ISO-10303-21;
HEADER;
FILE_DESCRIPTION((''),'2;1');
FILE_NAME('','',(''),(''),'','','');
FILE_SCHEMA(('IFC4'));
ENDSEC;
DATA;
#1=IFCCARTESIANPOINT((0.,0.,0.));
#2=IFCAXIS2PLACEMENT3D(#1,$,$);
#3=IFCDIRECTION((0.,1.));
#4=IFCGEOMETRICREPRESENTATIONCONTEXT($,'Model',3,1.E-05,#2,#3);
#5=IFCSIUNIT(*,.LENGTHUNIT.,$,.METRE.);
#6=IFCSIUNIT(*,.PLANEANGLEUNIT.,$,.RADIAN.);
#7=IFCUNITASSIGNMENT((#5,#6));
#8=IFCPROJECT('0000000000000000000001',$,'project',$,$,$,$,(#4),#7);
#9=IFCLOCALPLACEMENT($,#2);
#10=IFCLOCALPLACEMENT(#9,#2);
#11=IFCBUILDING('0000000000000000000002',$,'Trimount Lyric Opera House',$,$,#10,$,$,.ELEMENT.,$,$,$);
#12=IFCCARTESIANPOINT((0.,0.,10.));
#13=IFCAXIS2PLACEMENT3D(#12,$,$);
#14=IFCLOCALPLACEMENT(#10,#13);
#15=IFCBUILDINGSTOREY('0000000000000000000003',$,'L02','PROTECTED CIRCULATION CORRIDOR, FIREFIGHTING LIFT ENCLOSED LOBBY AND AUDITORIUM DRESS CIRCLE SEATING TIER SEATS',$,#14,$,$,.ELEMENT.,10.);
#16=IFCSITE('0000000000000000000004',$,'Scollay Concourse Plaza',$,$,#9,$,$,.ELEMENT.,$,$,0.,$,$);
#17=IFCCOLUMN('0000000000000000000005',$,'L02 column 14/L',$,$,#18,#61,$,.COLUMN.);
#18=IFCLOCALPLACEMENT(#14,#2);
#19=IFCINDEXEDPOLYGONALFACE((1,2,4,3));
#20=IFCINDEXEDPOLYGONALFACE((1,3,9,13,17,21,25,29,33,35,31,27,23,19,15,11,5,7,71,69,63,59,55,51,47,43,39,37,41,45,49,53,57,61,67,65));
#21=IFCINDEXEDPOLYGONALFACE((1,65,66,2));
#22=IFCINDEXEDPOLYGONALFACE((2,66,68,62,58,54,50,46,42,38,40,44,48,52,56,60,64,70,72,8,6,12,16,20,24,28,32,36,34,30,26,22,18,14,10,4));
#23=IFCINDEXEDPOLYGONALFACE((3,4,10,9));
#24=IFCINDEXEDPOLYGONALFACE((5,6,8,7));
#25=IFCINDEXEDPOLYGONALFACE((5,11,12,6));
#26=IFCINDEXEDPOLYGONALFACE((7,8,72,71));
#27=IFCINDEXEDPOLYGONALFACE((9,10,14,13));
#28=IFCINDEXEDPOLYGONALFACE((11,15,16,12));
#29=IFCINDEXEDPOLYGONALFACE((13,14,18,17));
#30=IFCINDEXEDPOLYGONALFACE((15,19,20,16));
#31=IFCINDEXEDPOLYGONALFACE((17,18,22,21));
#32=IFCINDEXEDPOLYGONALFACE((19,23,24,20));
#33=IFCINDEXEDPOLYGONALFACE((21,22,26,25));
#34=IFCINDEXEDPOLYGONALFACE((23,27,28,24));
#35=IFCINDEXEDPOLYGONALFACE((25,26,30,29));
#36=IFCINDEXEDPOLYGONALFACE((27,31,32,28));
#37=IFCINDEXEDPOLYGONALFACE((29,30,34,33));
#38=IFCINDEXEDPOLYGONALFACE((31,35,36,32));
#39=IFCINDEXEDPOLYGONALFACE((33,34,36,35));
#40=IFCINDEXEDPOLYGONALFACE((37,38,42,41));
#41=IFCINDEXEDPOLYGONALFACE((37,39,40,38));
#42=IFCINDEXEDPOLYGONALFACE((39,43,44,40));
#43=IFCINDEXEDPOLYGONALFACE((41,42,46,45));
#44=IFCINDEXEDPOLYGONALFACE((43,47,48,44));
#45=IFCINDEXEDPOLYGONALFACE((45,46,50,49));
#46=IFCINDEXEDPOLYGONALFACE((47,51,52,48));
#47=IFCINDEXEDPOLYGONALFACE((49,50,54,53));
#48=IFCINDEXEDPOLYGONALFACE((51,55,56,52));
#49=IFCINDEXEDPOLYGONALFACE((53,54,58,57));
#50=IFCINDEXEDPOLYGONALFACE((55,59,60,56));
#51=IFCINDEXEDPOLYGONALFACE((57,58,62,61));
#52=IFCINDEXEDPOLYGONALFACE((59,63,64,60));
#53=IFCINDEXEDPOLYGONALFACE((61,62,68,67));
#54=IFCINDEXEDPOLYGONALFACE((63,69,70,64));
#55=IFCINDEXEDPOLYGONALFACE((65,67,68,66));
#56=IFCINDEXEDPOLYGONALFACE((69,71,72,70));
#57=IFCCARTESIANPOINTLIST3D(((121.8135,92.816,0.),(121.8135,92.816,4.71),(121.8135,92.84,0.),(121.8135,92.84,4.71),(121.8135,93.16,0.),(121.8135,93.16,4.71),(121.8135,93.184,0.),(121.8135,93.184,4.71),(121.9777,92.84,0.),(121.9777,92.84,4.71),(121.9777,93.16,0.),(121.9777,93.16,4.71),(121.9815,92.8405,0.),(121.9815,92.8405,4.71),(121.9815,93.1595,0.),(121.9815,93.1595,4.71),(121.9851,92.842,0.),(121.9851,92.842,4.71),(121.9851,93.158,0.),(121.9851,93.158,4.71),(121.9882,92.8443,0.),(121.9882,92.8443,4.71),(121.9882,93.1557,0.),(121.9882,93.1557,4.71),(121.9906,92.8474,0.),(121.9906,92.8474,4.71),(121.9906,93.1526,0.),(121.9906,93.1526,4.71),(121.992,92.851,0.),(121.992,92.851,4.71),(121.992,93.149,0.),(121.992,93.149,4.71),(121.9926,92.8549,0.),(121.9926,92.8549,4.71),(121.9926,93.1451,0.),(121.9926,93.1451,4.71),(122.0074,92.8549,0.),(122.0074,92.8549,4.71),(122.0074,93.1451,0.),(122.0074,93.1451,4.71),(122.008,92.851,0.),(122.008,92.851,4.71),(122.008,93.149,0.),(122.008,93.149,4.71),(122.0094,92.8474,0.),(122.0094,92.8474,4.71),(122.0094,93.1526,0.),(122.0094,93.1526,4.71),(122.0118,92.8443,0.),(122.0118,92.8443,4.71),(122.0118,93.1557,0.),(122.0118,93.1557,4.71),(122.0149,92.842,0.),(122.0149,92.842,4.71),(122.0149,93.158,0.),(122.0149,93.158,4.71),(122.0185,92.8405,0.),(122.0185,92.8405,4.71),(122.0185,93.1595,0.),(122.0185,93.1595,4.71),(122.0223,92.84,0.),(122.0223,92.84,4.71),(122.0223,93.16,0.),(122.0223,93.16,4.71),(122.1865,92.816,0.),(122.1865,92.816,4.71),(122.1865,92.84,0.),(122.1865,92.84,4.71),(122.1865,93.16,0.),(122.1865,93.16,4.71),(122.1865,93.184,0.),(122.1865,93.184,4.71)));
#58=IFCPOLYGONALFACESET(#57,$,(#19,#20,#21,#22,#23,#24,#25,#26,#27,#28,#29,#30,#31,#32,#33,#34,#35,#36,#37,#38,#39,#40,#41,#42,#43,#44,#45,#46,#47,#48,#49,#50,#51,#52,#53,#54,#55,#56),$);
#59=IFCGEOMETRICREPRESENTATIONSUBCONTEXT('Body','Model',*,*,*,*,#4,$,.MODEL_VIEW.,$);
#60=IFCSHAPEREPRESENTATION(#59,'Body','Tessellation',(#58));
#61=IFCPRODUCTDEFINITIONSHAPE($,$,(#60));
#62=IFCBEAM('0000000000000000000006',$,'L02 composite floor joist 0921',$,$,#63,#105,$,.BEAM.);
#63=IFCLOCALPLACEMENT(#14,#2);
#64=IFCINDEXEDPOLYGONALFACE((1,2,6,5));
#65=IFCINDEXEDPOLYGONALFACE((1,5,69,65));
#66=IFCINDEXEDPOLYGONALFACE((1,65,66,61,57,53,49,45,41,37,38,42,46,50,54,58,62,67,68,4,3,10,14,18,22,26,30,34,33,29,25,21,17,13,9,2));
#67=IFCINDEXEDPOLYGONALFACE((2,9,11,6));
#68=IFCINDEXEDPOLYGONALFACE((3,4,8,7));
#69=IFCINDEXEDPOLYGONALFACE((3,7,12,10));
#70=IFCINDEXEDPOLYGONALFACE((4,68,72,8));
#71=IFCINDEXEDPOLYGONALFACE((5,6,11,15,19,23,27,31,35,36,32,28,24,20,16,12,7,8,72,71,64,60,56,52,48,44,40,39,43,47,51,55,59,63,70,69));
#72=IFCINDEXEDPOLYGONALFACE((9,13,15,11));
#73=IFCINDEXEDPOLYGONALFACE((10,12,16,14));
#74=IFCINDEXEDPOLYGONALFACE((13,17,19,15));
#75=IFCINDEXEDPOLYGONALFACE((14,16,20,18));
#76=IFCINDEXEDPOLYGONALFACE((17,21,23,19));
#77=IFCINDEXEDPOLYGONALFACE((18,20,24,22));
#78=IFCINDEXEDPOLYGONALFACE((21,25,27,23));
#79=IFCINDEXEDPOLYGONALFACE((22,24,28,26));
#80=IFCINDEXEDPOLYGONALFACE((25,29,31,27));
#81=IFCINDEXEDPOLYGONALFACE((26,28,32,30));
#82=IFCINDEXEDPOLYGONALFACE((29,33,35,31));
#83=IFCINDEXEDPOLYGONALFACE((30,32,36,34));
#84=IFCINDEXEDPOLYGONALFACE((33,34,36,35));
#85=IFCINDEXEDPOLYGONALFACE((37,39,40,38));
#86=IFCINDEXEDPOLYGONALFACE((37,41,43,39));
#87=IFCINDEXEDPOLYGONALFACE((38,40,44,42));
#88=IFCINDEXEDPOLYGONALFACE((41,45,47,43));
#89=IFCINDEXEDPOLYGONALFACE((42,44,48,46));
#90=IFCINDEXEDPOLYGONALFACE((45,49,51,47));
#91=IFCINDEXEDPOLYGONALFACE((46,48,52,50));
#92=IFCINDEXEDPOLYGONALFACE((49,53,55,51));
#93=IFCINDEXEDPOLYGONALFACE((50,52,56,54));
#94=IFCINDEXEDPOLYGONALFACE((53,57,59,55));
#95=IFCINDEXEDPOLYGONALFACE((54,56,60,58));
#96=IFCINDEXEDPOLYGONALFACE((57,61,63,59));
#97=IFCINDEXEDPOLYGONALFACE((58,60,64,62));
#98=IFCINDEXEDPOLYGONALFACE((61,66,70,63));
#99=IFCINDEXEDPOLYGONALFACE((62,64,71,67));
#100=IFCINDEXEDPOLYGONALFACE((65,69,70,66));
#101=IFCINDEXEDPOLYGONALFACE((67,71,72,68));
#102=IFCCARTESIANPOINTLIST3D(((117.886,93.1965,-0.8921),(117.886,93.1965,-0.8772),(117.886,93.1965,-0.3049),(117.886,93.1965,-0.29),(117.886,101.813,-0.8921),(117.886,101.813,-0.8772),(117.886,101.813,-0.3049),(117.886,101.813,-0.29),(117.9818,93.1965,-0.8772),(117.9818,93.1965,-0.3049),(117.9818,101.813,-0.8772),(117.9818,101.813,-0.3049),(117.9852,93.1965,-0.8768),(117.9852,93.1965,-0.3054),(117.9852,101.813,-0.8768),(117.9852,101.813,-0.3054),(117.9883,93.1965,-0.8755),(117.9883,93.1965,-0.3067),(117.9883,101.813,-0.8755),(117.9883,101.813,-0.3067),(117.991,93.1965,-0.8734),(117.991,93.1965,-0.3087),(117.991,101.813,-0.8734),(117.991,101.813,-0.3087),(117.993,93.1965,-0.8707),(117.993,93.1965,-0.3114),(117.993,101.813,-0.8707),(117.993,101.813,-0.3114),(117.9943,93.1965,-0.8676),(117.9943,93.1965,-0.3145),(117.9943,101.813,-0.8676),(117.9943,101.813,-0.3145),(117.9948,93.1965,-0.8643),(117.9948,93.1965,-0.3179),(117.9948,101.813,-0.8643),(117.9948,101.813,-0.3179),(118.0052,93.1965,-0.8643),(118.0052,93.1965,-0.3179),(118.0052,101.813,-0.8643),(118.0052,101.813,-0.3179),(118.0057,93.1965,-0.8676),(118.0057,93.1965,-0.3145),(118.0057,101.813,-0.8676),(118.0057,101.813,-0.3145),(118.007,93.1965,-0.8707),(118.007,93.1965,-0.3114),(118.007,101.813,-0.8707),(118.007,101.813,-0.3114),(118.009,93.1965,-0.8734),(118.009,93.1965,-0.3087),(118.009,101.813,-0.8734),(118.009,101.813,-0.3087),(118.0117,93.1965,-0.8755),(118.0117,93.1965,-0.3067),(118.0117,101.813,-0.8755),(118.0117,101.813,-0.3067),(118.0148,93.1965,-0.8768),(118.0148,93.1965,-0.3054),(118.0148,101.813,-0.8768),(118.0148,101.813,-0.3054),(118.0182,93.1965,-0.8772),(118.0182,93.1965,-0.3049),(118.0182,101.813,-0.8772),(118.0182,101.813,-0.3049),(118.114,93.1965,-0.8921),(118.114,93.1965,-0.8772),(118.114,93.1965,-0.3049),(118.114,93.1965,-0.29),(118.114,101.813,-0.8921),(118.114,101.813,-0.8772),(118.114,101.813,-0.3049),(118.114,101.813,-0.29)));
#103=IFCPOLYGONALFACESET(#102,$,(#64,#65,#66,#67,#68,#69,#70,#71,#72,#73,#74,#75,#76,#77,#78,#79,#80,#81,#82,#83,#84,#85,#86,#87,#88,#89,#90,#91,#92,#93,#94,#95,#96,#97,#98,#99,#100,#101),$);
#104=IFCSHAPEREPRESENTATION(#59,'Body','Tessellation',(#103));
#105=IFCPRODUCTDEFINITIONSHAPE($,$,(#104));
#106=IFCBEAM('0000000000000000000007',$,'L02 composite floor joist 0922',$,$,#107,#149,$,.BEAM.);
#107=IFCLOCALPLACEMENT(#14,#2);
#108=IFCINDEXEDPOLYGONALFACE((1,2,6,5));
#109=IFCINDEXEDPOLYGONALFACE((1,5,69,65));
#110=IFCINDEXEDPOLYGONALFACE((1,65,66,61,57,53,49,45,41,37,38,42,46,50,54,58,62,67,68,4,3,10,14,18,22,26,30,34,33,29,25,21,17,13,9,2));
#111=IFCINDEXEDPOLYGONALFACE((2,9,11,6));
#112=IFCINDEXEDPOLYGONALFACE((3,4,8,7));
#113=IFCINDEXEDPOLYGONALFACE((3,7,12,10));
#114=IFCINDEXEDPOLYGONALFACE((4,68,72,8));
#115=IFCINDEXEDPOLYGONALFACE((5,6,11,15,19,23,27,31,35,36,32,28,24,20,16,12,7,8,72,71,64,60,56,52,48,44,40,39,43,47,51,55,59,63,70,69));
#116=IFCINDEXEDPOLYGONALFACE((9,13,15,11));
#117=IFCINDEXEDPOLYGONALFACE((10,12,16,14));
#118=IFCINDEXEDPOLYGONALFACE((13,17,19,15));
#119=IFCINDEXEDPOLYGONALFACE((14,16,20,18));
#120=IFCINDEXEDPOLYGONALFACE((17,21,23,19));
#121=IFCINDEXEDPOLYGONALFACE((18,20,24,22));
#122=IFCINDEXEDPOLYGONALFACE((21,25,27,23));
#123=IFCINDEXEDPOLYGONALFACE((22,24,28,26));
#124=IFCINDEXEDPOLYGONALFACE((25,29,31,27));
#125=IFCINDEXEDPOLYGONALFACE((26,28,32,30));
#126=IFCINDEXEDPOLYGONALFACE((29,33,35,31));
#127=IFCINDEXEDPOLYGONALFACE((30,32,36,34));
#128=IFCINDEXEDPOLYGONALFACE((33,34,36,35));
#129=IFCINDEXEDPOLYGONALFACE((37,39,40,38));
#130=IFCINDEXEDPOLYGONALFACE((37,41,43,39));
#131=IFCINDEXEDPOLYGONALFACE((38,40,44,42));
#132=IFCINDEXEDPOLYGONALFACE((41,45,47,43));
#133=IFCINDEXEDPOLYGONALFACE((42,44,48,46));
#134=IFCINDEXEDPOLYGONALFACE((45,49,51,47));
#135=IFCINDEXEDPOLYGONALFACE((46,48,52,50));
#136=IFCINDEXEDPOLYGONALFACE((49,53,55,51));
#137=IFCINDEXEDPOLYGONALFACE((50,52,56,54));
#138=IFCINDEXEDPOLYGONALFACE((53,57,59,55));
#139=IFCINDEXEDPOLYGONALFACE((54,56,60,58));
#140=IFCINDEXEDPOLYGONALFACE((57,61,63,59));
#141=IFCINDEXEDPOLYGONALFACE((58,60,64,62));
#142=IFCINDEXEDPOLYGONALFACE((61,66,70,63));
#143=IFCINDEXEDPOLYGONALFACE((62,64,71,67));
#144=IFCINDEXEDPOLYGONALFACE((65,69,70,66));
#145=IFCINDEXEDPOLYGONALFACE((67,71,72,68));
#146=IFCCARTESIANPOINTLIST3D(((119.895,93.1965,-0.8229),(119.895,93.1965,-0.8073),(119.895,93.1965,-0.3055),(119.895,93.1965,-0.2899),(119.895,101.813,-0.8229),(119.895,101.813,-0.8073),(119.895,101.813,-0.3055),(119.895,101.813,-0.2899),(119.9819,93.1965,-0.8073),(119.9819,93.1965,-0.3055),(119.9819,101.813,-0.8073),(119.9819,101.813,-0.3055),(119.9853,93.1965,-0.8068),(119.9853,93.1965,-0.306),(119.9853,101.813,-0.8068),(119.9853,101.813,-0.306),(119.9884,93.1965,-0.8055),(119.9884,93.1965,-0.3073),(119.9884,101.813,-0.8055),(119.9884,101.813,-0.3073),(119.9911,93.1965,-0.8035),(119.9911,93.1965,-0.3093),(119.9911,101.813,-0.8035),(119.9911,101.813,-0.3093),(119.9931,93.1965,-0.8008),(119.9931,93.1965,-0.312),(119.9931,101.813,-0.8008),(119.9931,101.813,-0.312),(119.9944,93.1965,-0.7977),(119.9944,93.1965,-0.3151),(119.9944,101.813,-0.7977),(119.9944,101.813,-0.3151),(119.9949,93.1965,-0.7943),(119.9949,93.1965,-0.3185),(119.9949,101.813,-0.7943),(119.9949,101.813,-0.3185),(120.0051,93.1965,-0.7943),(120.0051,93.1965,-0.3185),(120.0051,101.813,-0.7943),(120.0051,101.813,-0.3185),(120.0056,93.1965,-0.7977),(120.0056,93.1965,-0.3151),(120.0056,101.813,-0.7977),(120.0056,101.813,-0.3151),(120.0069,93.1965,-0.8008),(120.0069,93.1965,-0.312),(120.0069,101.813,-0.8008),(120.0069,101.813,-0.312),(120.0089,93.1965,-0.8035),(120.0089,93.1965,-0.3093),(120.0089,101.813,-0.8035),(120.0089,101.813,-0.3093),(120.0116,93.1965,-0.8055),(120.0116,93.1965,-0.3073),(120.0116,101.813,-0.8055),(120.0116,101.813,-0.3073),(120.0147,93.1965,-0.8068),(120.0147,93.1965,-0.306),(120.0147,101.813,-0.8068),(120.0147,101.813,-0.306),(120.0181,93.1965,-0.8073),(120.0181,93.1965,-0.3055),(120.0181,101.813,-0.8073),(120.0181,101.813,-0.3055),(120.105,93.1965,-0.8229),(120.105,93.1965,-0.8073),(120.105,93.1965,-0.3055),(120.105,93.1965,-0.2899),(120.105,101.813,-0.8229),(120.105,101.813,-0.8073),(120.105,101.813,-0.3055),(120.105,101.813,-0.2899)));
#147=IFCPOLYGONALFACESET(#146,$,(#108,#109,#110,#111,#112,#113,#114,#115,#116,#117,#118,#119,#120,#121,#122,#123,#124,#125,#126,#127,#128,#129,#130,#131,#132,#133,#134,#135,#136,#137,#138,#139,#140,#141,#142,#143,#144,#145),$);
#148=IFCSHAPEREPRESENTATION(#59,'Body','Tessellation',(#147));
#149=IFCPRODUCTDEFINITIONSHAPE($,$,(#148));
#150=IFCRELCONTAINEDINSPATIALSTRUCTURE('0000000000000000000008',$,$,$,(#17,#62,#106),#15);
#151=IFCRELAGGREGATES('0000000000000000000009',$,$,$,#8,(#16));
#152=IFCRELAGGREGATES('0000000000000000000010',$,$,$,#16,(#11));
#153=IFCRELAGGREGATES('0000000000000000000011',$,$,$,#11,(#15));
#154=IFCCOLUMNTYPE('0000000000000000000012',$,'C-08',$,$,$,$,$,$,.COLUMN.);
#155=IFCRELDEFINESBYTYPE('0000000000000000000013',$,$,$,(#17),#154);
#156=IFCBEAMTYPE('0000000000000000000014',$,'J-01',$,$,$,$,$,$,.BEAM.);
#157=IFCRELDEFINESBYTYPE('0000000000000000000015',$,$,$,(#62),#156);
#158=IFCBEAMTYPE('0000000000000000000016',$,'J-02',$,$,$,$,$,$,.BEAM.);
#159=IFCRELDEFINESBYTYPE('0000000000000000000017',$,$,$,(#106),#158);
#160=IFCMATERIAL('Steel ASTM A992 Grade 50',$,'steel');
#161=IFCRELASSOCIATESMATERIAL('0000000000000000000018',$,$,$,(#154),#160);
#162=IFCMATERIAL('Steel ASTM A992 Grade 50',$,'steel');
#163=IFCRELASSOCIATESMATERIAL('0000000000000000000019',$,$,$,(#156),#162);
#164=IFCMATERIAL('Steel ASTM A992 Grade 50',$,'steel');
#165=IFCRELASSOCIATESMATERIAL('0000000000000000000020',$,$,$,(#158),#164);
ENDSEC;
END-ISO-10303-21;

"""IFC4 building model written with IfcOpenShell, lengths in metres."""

from ifc_helpers import new_model, si_unit, direction, frame, origin, origin_2d, place, context, subcontext, project, spatial, i_section, extrude, material, material_profile, profile_set, type_object, element, save


model = new_model("IFC4")

# Units and contexts
model_context = context("Model", 3, precision=1e-05, world=origin(), true_north=direction((0.0, 1.0)))
body_context = subcontext(model_context, "Body", "Model", "MODEL_VIEW")
ifc_project = project(units=[si_unit("LENGTHUNIT", "METRE"), si_unit("PLANEANGLEUNIT", "RADIAN")], contexts=[model_context])

# Site, building, storey
site_placement = place(None, origin())
site = spatial("IfcSite", under=ifc_project, at=site_placement, Name="Scollay Concourse Plaza", CompositionType="ELEMENT", RefElevation=0.0)
building_placement = place(site_placement, origin())
building = spatial("IfcBuilding", under=site, at=building_placement, Name="Trimount Lyric Opera House", CompositionType="ELEMENT")
storey_placement = place(building_placement, frame((0.0, 0.0, 10.0)))
storey = spatial("IfcBuildingStorey", under=building, at=storey_placement, Name="L02", Description="PROTECTED CIRCULATION CORRIDOR, FIREFIGHTING LIFT ENCLOSED LOBBY AND AUDITORIUM DRESS CIRCLE SEATING TIER SEATS", CompositionType="ELEMENT", Elevation=10.0)

# Column
ifc_material_1 = material(Name="Steel ASTM A992 Grade 50", Category="steel")
ifc_material_profile_1 = material_profile(ifc_material_1, i_section(OverallWidth=0.373, OverallDepth=0.3679, WebThickness=0.0149, FlangeThickness=0.0239, FilletRadius=0.0149, at=origin_2d()), Name="W14X120")
ifc_profile_set_1 = profile_set([ifc_material_profile_1], Name="Steel ASTM A992 Grade 50")
column_type = type_object("IfcColumnType", Name="C-08", PredefinedType="COLUMN", material=ifc_profile_set_1)
column_placement = place(storey_placement, frame((122.0, 93.0, 0.0), z_axis=(0.0, 0.0, 1.0), x_axis=(1.0, 0.0, 0.0)))
element("IfcColumn", 1, at=column_placement, inside=storey, type_object=column_type, Name="L02 column 14/L", PredefinedType="COLUMN", context=body_context, shape_type="SweptSolid", body=[
    extrude(i_section(OverallWidth=0.373, OverallDepth=0.3679, WebThickness=0.0149, FlangeThickness=0.0239, FilletRadius=0.0149, at=origin_2d()), origin(), (0.0, 0.0, 1.0), 4.71),
])

# Beams
ifc_material_2 = material(Name="Steel ASTM A992 Grade 50", Category="steel")
ifc_material_profile_2 = material_profile(ifc_material_2, i_section(OverallWidth=0.228, OverallDepth=0.6021, WebThickness=0.0105, FlangeThickness=0.0149, FilletRadius=0.0129, at=origin_2d()), Name="W24X68")
ifc_profile_set_2 = profile_set([ifc_material_profile_2], Name="Steel ASTM A992 Grade 50")
beam_type_1 = type_object("IfcBeamType", Name="J-01", PredefinedType="BEAM", material=ifc_profile_set_2)
beam_1_placement = place(storey_placement, frame((118.0, 93.1965, -0.5911), z_axis=(0.0, 1.0, 0.0), x_axis=(-1.0, 0.0, 0.0)))
element("IfcBeam", 2, at=beam_1_placement, inside=storey, type_object=beam_type_1, Name="L02 composite floor joist 0921", PredefinedType="BEAM", context=body_context, shape_type="SweptSolid", body=[
    extrude(i_section(OverallWidth=0.228, OverallDepth=0.6021, WebThickness=0.0105, FlangeThickness=0.0149, FilletRadius=0.0129, at=origin_2d()), origin(), (0.0, 0.0, 1.0), 8.6165),
])
ifc_material_3 = material(Name="Steel ASTM A992 Grade 50", Category="steel")
ifc_material_profile_3 = material_profile(ifc_material_3, i_section(OverallWidth=0.21, OverallDepth=0.533, WebThickness=0.0103, FlangeThickness=0.0156, FilletRadius=0.0129, at=origin_2d()), Name="W21X62")
ifc_profile_set_3 = profile_set([ifc_material_profile_3], Name="Steel ASTM A992 Grade 50")
beam_type_2 = type_object("IfcBeamType", Name="J-02", PredefinedType="BEAM", material=ifc_profile_set_3)
beam_2_placement = place(storey_placement, frame((120.0, 93.1965, -0.5564), z_axis=(0.0, 1.0, 0.0), x_axis=(-1.0, 0.0, 0.0)))
element("IfcBeam", 3, at=beam_2_placement, inside=storey, type_object=beam_type_2, Name="L02 composite floor joist 0922", PredefinedType="BEAM", context=body_context, shape_type="SweptSolid", body=[
    extrude(i_section(OverallWidth=0.21, OverallDepth=0.533, WebThickness=0.0103, FlangeThickness=0.0156, FilletRadius=0.0129, at=origin_2d()), origin(), (0.0, 0.0, 1.0), 8.6165),
])

save(model, "model.ifc")
